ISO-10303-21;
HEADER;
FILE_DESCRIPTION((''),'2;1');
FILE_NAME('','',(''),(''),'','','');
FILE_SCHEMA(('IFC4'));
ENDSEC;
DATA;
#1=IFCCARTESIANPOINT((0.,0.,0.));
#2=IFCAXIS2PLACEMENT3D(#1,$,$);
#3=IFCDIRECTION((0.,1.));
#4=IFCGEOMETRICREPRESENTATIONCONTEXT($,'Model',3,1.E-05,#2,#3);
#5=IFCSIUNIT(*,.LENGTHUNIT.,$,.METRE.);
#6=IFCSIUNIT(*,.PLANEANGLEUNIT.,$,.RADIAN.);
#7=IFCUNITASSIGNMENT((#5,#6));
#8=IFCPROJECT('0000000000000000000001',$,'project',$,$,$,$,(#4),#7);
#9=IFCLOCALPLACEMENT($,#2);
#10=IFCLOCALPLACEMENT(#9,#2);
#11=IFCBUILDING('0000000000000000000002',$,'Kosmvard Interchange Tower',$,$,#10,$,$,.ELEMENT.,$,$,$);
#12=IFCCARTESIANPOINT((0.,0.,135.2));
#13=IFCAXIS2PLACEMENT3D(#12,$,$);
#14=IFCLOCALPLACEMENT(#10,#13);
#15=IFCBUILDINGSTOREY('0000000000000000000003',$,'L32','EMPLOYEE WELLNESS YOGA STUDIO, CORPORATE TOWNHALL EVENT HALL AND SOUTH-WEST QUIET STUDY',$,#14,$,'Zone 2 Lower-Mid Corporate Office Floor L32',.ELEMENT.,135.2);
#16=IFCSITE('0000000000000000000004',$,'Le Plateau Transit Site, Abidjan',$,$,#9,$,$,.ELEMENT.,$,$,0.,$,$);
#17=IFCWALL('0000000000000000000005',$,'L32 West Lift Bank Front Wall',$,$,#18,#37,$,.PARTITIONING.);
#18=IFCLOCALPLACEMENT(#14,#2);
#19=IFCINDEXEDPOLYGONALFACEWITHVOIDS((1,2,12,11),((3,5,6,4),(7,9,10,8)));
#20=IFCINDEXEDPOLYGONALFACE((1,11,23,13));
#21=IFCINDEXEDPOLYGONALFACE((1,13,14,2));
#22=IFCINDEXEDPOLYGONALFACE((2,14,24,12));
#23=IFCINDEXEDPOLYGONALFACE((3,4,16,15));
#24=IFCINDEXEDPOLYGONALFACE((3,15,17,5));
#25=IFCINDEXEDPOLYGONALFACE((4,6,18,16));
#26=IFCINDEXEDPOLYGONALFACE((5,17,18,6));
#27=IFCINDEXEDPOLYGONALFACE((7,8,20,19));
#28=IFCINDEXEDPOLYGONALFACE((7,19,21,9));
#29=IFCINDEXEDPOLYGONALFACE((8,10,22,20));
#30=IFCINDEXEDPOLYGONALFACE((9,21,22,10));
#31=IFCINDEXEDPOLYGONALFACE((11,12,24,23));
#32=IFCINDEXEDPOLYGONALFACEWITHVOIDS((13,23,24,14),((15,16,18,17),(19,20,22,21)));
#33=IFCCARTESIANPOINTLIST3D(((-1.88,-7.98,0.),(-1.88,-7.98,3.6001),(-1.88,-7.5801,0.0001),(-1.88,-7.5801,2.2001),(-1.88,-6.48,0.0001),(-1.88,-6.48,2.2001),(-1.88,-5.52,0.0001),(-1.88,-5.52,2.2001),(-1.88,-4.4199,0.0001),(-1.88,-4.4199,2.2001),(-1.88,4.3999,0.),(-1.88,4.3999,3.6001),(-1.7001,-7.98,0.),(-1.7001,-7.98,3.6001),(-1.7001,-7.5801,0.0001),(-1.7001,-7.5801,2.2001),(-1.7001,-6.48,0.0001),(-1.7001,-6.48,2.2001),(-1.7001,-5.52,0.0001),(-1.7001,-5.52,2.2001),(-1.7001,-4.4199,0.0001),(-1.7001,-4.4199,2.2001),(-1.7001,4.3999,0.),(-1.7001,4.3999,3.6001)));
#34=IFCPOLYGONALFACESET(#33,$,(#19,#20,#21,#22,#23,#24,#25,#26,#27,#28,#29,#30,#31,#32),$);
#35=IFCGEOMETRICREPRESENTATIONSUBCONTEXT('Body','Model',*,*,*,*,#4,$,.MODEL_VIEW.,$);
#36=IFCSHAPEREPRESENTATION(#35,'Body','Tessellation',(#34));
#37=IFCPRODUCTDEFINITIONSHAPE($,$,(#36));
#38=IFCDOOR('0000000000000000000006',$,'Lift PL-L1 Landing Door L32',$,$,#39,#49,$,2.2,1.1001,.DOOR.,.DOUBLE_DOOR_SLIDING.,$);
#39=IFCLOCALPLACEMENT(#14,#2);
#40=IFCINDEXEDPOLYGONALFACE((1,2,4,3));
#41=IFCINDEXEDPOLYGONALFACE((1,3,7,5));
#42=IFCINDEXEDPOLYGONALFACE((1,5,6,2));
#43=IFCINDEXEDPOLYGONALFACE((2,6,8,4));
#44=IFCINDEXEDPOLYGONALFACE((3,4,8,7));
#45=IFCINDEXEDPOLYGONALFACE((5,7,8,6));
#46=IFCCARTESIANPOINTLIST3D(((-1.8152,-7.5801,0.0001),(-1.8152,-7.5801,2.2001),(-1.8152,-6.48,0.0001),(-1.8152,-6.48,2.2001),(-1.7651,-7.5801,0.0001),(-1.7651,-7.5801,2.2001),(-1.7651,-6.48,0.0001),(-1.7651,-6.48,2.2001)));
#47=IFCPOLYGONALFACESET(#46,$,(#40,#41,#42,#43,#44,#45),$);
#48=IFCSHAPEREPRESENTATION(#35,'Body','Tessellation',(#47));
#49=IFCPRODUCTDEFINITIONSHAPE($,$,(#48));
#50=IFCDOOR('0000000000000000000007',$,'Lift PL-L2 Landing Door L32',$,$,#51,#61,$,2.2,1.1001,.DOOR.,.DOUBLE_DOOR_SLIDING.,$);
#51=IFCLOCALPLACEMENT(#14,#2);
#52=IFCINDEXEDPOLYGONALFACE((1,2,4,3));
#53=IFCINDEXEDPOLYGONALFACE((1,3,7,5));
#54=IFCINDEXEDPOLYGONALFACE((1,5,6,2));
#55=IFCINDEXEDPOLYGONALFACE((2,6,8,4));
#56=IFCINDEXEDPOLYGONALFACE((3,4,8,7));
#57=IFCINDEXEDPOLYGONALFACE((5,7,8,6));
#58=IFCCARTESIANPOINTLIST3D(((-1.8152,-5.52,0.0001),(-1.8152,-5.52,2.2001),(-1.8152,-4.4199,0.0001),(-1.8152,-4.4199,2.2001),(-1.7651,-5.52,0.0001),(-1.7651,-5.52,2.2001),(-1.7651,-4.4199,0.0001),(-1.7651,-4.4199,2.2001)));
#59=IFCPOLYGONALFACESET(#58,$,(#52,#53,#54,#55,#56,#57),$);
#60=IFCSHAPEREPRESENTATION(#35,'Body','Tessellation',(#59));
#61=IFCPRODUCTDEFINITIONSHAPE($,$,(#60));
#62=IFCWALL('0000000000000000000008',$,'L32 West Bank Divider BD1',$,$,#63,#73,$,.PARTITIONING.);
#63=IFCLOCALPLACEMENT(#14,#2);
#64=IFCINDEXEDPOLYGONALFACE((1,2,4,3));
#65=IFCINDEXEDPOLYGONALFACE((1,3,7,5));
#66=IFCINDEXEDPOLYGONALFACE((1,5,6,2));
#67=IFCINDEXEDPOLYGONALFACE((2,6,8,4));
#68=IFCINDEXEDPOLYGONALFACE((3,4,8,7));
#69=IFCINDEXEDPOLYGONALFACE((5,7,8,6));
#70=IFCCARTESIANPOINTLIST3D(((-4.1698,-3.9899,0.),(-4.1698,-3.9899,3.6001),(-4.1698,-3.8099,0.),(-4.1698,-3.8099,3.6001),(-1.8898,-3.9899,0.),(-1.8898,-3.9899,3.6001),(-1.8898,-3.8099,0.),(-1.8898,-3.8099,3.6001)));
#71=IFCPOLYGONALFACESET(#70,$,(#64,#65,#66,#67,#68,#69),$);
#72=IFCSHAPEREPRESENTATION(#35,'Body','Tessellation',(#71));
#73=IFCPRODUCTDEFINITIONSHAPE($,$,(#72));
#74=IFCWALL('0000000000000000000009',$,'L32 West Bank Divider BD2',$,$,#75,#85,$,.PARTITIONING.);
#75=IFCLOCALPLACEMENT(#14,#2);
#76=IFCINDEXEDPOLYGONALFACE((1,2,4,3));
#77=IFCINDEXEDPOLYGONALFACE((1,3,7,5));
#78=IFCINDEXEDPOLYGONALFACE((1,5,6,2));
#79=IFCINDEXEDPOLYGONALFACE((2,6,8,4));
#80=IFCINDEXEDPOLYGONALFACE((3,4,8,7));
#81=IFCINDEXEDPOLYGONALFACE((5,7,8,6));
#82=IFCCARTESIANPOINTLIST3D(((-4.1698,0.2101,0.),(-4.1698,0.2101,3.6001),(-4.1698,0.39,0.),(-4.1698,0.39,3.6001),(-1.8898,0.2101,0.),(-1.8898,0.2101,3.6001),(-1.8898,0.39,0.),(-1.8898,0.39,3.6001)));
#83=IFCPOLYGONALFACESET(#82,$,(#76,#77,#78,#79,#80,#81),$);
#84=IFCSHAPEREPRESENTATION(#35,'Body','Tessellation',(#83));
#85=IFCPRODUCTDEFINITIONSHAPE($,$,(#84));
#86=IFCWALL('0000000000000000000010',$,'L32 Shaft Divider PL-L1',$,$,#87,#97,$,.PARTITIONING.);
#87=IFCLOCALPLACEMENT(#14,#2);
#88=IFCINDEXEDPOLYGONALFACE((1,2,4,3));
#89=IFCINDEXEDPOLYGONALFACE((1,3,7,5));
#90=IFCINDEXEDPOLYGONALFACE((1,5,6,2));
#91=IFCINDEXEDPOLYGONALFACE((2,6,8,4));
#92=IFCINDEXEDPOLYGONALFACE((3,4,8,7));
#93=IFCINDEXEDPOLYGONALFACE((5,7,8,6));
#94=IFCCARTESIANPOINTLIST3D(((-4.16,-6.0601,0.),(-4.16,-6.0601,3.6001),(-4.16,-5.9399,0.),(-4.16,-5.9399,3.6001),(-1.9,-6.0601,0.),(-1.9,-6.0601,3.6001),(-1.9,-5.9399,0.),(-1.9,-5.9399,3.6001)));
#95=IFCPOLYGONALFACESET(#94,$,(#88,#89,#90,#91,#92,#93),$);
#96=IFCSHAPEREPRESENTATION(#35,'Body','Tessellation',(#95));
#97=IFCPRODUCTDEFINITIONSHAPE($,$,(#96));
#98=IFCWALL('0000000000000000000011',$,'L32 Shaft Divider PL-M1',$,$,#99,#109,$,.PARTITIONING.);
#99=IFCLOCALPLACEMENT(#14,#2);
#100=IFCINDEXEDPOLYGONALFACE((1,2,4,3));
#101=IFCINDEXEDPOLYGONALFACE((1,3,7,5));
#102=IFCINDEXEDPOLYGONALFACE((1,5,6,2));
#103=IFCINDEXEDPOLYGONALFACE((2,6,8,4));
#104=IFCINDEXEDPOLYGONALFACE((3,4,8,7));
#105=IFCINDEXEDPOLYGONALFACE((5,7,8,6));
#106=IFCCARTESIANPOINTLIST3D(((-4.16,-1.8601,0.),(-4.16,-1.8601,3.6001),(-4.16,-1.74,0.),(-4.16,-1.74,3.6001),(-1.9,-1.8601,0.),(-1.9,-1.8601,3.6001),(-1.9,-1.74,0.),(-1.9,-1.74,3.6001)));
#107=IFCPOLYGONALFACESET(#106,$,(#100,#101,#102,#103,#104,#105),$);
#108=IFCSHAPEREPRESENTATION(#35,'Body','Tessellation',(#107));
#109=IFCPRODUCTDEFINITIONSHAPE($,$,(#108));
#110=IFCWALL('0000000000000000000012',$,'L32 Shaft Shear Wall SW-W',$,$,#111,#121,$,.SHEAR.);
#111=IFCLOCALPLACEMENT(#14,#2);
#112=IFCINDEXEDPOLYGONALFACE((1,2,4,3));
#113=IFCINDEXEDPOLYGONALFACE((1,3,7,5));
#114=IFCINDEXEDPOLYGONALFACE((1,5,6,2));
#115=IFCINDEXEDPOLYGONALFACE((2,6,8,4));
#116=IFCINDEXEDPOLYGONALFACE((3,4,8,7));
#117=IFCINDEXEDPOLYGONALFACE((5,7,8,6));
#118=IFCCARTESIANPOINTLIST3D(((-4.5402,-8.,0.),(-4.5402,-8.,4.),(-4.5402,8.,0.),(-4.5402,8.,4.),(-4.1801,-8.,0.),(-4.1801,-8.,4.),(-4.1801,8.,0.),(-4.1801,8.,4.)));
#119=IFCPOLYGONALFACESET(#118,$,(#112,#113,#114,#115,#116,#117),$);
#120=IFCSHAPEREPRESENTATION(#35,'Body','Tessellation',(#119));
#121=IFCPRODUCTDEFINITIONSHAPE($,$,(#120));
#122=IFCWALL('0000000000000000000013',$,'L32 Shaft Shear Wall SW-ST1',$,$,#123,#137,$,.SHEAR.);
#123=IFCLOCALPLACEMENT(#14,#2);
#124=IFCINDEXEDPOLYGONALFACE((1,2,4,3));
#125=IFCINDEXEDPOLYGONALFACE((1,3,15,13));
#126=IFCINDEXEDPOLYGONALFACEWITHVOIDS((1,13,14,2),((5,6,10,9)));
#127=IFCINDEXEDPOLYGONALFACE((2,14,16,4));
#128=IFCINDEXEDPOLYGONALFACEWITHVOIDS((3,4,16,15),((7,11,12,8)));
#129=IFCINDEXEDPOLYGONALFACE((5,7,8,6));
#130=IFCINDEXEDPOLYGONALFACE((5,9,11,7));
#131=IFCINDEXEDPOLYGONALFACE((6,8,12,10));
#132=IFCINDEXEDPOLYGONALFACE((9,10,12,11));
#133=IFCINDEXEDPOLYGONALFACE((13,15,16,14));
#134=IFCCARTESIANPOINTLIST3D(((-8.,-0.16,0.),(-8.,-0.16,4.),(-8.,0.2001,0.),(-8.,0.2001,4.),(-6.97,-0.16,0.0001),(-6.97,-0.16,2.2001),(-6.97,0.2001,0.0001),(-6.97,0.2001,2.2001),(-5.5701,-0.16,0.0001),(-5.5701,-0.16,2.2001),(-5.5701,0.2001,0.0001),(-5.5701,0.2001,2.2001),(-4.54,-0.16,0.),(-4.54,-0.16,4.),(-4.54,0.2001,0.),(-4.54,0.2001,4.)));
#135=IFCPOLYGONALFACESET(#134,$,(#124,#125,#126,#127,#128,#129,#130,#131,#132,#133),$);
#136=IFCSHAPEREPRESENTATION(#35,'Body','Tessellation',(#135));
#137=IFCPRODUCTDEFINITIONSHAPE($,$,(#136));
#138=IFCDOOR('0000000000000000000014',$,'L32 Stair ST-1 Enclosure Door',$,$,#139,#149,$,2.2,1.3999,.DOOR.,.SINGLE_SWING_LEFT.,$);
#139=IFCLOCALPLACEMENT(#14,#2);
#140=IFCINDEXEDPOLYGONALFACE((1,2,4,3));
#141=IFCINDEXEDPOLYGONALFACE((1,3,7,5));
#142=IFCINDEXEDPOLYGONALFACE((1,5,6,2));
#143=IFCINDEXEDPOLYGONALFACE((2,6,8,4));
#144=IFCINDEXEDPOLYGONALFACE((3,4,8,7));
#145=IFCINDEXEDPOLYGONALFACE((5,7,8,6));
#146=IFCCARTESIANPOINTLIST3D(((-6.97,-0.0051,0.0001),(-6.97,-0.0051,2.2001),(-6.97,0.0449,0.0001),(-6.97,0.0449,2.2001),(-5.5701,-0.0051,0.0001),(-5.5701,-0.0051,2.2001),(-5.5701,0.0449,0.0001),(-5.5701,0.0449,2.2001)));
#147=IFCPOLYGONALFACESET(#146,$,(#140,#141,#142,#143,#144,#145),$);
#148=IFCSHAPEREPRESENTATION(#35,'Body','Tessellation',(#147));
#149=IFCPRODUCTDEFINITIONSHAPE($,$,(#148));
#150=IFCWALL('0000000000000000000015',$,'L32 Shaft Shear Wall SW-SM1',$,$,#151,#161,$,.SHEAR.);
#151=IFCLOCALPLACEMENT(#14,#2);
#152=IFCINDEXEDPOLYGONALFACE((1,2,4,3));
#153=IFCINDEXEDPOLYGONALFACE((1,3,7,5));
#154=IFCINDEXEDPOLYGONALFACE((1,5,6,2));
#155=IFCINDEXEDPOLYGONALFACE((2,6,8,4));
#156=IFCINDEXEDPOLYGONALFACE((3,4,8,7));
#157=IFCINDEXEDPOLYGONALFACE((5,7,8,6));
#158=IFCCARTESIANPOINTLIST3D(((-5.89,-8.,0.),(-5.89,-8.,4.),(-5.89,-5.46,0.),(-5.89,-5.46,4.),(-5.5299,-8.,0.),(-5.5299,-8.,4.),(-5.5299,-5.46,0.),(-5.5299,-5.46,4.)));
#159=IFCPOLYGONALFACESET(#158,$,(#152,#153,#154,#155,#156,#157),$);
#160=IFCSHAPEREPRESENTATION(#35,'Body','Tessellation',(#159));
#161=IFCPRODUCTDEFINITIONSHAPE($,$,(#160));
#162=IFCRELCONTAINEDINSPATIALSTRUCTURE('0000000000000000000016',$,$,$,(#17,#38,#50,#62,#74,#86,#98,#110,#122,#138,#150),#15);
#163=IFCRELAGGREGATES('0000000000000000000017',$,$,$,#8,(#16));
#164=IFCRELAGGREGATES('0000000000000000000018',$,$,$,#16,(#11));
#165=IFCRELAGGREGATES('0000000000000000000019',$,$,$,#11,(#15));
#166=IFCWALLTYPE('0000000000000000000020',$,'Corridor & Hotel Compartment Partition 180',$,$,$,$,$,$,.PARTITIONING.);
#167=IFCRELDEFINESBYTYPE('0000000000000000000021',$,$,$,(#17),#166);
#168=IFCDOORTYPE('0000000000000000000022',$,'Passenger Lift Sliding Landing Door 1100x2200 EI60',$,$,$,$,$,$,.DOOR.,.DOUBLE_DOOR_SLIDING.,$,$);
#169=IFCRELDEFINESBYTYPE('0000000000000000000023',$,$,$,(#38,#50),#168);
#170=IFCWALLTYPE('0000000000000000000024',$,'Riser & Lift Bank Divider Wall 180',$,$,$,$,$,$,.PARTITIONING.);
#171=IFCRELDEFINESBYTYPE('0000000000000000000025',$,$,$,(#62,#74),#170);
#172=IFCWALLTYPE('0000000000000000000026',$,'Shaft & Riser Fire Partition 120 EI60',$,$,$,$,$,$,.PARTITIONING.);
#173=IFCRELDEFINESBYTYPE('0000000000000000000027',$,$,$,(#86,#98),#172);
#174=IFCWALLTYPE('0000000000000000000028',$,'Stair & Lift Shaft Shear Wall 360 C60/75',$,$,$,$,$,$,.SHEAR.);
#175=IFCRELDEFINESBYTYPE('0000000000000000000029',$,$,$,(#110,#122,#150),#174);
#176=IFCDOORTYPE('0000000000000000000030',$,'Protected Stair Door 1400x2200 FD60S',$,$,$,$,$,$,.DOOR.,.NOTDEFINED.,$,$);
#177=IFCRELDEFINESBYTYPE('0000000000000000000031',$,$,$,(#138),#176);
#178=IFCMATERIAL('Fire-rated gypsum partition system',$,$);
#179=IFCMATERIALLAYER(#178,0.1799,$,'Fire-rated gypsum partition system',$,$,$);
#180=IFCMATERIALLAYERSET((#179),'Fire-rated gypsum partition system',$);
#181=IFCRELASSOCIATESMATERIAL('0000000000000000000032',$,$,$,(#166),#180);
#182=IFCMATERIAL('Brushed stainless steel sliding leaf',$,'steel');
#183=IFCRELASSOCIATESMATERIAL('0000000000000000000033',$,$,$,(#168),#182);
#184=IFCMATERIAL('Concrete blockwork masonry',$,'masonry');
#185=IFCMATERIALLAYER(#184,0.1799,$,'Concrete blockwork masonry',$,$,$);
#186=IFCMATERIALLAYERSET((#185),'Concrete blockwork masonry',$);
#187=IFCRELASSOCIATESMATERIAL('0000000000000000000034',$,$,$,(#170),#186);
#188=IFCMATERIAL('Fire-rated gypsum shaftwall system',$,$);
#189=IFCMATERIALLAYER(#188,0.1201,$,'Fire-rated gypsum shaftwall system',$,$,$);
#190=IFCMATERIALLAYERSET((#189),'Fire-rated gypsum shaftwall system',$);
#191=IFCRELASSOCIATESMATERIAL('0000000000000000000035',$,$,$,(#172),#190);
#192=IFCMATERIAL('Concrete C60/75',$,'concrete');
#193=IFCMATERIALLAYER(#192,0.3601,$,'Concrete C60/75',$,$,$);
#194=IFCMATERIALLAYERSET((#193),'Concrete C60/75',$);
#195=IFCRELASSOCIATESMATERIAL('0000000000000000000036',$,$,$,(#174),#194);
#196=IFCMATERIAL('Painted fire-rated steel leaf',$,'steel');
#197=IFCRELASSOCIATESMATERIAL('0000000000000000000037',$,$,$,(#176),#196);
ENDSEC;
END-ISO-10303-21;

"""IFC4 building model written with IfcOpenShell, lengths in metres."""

from ifc_helpers import new_model, si_unit, direction, frame, frame_2d, origin, place, context, subcontext, project, spatial, rectangle, extrude, source, transform, mapped, material, layer, layer_set, type_object, element, fill, save


model = new_model("IFC4")

# Units and contexts
model_context = context("Model", 3, precision=1e-05, world=origin(), true_north=direction((0.0, 1.0)))
body_context = subcontext(model_context, "Body", "Model", "MODEL_VIEW")
ifc_project = project(units=[si_unit("LENGTHUNIT", "METRE"), si_unit("PLANEANGLEUNIT", "RADIAN")], contexts=[model_context])

# Site, building, storey
site_placement = place(None, origin())
site = spatial("IfcSite", under=ifc_project, at=site_placement, Name="Le Plateau Transit Site, Abidjan", CompositionType="ELEMENT", RefElevation=0.0)
building_placement = place(site_placement, origin())
building = spatial("IfcBuilding", under=site, at=building_placement, Name="Kosmvard Interchange Tower", CompositionType="ELEMENT")
storey_placement = place(building_placement, frame((0.0, 0.0, 135.2)))
storey = spatial("IfcBuildingStorey", under=building, at=storey_placement, Name="L32", Description="EMPLOYEE WELLNESS YOGA STUDIO, CORPORATE TOWNHALL EVENT HALL AND SOUTH-WEST QUIET STUDY", LongName="Zone 2 Lower-Mid Corporate Office Floor L32", CompositionType="ELEMENT", Elevation=135.2)

# Wall, openings, doors
ifc_material_1 = material(Name="Fire-rated gypsum partition system")
ifc_layer_1 = layer(ifc_material_1, 0.1799, Name="Fire-rated gypsum partition system")
ifc_layer_set_1 = layer_set([ifc_layer_1], Name="Fire-rated gypsum partition system")
wall_type_1 = type_object("IfcWallType", Name="Corridor & Hotel Compartment Partition 180", PredefinedType="PARTITIONING", material=ifc_layer_set_1)
wall_1_placement = place(storey_placement, frame((-1.79, -7.98, 0.0), z_axis=(0.0, 0.0, 1.0), x_axis=(0.0, 1.0, 0.0)))
wall_1 = element("IfcWall", 1, at=wall_1_placement, inside=storey, type_object=wall_type_1, Name="L32 West Lift Bank Front Wall", PredefinedType="PARTITIONING", context=body_context, shape_type="SweptSolid", body=[
    extrude(rectangle(XDim=12.3799, YDim=0.1799, at=frame_2d((6.1899, 0.0))), origin(), (0.0, 0.0, 1.0), 3.6001),
])
opening_1_placement = place(wall_1_placement, frame((0.3999, 0.0, 0.0)))
opening_1 = element("IfcOpeningElement", 2, at=opening_1_placement, cuts=wall_1, PredefinedType="OPENING", context=body_context, shape_type="SweptSolid", body=[
    extrude(rectangle(XDim=1.1001, YDim=2.2, at=frame_2d((0.55, 1.1001))), frame((0.0, 0.1001, 0.0), z_axis=(0.0, -1.0, 0.0), x_axis=(1.0, 0.0, 0.0)), (0.0, 0.0, 1.0), 0.2),
])
opening_2_placement = place(wall_1_placement, frame((2.46, 0.0, 0.0)))
opening_2 = element("IfcOpeningElement", 3, at=opening_2_placement, cuts=wall_1, PredefinedType="OPENING", context=body_context, shape_type="SweptSolid", body=[
    extrude(rectangle(XDim=1.1001, YDim=2.2, at=frame_2d((0.55, 1.1001))), frame((0.0, 0.1001, 0.0), z_axis=(0.0, -1.0, 0.0), x_axis=(1.0, 0.0, 0.0)), (0.0, 0.0, 1.0), 0.2),
])
ifc_material_2 = material(Name="Brushed stainless steel sliding leaf", Category="steel")
door_type_1 = type_object("IfcDoorType", Name="Passenger Lift Sliding Landing Door 1100x2200 EI60", OperationType="DOUBLE_DOOR_SLIDING", PredefinedType="DOOR", material=ifc_material_2)
shared_shape_1 = source(origin(), body_context, "Body", "SweptSolid", [
    extrude(rectangle(XDim=1.1001, YDim=2.2, at=frame_2d((0.55, 1.1001))), frame((0.0, 0.0249, 0.0), z_axis=(0.0, -1.0, 0.0), x_axis=(1.0, 0.0, 0.0)), (0.0, 0.0, 1.0), 0.05),
])
door_1_placement = place(opening_1_placement, frame((1.1001, 0.0, 0.0), z_axis=(0.0, 0.0, 1.0), x_axis=(-1.0, 0.0, 0.0)))
door_1 = element("IfcDoor", 4, at=door_1_placement, inside=storey, type_object=door_type_1, Name="Lift PL-L1 Landing Door L32", OperationType="DOUBLE_DOOR_SLIDING", OverallHeight=2.2, OverallWidth=1.1001, PredefinedType="DOOR", context=body_context, shape_type="MappedRepresentation", body=[
    mapped(shared_shape_1, transform((0.0, 0.0, 0.0), scale=1.0)),
])
fill(opening_1, door_1)
door_2_placement = place(opening_2_placement, frame((1.1001, 0.0, 0.0), z_axis=(0.0, 0.0, 1.0), x_axis=(-1.0, 0.0, 0.0)))
door_2 = element("IfcDoor", 5, at=door_2_placement, inside=storey, type_object=door_type_1, Name="Lift PL-L2 Landing Door L32", OperationType="DOUBLE_DOOR_SLIDING", OverallHeight=2.2, OverallWidth=1.1001, PredefinedType="DOOR", context=body_context, shape_type="MappedRepresentation", body=[
    mapped(shared_shape_1, transform((0.0, 0.0, 0.0), scale=1.0)),
])
fill(opening_2, door_2)

# Walls
ifc_material_3 = material(Name="Concrete blockwork masonry", Category="masonry")
ifc_layer_2 = layer(ifc_material_3, 0.1799, Name="Concrete blockwork masonry")
ifc_layer_set_2 = layer_set([ifc_layer_2], Name="Concrete blockwork masonry")
wall_type_2 = type_object("IfcWallType", Name="Riser & Lift Bank Divider Wall 180", PredefinedType="PARTITIONING", material=ifc_layer_set_2)
for number, where, z_axis, x_axis, name in (
    (6, (-4.1699, -3.8999, 0.0), (0.0, 0.0, 1.0), (1.0, 0.0, 0.0), "L32 West Bank Divider BD1"),
    (7, (-4.1699, 0.3, 0.0), (0.0, 0.0, 1.0), (1.0, 0.0, 0.0), "L32 West Bank Divider BD2"),
):
    element("IfcWall", number, at=place(storey_placement, frame(where, z_axis=z_axis, x_axis=x_axis)), inside=storey, type_object=wall_type_2, Name=name, PredefinedType="PARTITIONING", context=body_context, shape_type="SweptSolid", body=[
        extrude(rectangle(XDim=2.28, YDim=0.1799, at=frame_2d((1.1401, 0.0))), origin(), (0.0, 0.0, 1.0), 3.6001),
    ])
ifc_material_4 = material(Name="Fire-rated gypsum shaftwall system")
ifc_layer_3 = layer(ifc_material_4, 0.1201, Name="Fire-rated gypsum shaftwall system")
ifc_layer_set_3 = layer_set([ifc_layer_3], Name="Fire-rated gypsum shaftwall system")
wall_type_3 = type_object("IfcWallType", Name="Shaft & Riser Fire Partition 120 EI60", PredefinedType="PARTITIONING", material=ifc_layer_set_3)
for number, where, z_axis, x_axis, name in (
    (8, (-4.1599, -6.0, 0.0), (0.0, 0.0, 1.0), (1.0, 0.0, 0.0), "L32 Shaft Divider PL-L1"),
    (9, (-4.1599, -1.8, 0.0), (0.0, 0.0, 1.0), (1.0, 0.0, 0.0), "L32 Shaft Divider PL-M1"),
):
    element("IfcWall", number, at=place(storey_placement, frame(where, z_axis=z_axis, x_axis=x_axis)), inside=storey, type_object=wall_type_3, Name=name, PredefinedType="PARTITIONING", context=body_context, shape_type="SweptSolid", body=[
        extrude(rectangle(XDim=2.26, YDim=0.1201, at=frame_2d((1.1299, 0.0))), origin(), (0.0, 0.0, 1.0), 3.6001),
    ])
ifc_material_5 = material(Name="Concrete C60/75", Category="concrete")
ifc_layer_4 = layer(ifc_material_5, 0.3601, Name="Concrete C60/75")
ifc_layer_set_4 = layer_set([ifc_layer_4], Name="Concrete C60/75")
wall_type_4 = type_object("IfcWallType", Name="Stair & Lift Shaft Shear Wall 360 C60/75", PredefinedType="SHEAR", material=ifc_layer_set_4)
wall_2_placement = place(storey_placement, frame((-4.3601, -8.0, 0.0), z_axis=(0.0, 0.0, 1.0), x_axis=(0.0, 1.0, 0.0)))
element("IfcWall", 10, at=wall_2_placement, inside=storey, type_object=wall_type_4, Name="L32 Shaft Shear Wall SW-W", PredefinedType="SHEAR", context=body_context, shape_type="SweptSolid", body=[
    extrude(rectangle(XDim=16.0, YDim=0.3601, at=frame_2d((8.0, 0.0))), origin(), (0.0, 0.0, 1.0), 4.0),
])

# Wall, opening, door
wall_3_placement = place(storey_placement, frame((-8.0, 0.02, 0.0), z_axis=(0.0, 0.0, 1.0), x_axis=(1.0, 0.0, 0.0)))
wall_3 = element("IfcWall", 11, at=wall_3_placement, inside=storey, type_object=wall_type_4, Name="L32 Shaft Shear Wall SW-ST1", PredefinedType="SHEAR", context=body_context, shape_type="SweptSolid", body=[
    extrude(rectangle(XDim=3.46, YDim=0.3601, at=frame_2d((1.73, 0.0))), origin(), (0.0, 0.0, 1.0), 4.0),
])
opening_3_placement = place(wall_3_placement, frame((1.03, 0.0, 0.0)))
opening_3 = element("IfcOpeningElement", 12, at=opening_3_placement, cuts=wall_3, PredefinedType="OPENING", context=body_context, shape_type="SweptSolid", body=[
    extrude(rectangle(XDim=1.3999, YDim=2.2, at=frame_2d((0.7, 1.1001))), frame((0.0, 0.1899, 0.0), z_axis=(0.0, -1.0, 0.0), x_axis=(1.0, 0.0, 0.0)), (0.0, 0.0, 1.0), 0.3801),
])
ifc_material_6 = material(Name="Painted fire-rated steel leaf", Category="steel")
door_type_2 = type_object("IfcDoorType", Name="Protected Stair Door 1400x2200 FD60S", OperationType="NOTDEFINED", PredefinedType="DOOR", material=ifc_material_6)
shared_shape_2 = source(origin(), body_context, "Body", "SweptSolid", [
    extrude(rectangle(XDim=1.3999, YDim=2.2, at=frame_2d((0.7, 1.1001))), frame((0.0, 0.0249, 0.0), z_axis=(0.0, -1.0, 0.0), x_axis=(1.0, 0.0, 0.0)), (0.0, 0.0, 1.0), 0.05),
])
door_3_placement = place(opening_3_placement, origin())
door_3 = element("IfcDoor", 13, at=door_3_placement, inside=storey, type_object=door_type_2, Name="L32 Stair ST-1 Enclosure Door", OperationType="SINGLE_SWING_LEFT", OverallHeight=2.2, OverallWidth=1.3999, PredefinedType="DOOR", context=body_context, shape_type="MappedRepresentation", body=[
    mapped(shared_shape_2, transform((0.0, 0.0, 0.0), scale=1.0)),
])
fill(opening_3, door_3)

# Wall
wall_4_placement = place(storey_placement, frame((-5.71, -8.0, 0.0), z_axis=(0.0, 0.0, 1.0), x_axis=(0.0, 1.0, 0.0)))
element("IfcWall", 14, at=wall_4_placement, inside=storey, type_object=wall_type_4, Name="L32 Shaft Shear Wall SW-SM1", PredefinedType="SHEAR", context=body_context, shape_type="SweptSolid", body=[
    extrude(rectangle(XDim=2.54, YDim=0.3601, at=frame_2d((1.27, 0.0))), origin(), (0.0, 0.0, 1.0), 4.0),
])

save(model, "model.ifc")
